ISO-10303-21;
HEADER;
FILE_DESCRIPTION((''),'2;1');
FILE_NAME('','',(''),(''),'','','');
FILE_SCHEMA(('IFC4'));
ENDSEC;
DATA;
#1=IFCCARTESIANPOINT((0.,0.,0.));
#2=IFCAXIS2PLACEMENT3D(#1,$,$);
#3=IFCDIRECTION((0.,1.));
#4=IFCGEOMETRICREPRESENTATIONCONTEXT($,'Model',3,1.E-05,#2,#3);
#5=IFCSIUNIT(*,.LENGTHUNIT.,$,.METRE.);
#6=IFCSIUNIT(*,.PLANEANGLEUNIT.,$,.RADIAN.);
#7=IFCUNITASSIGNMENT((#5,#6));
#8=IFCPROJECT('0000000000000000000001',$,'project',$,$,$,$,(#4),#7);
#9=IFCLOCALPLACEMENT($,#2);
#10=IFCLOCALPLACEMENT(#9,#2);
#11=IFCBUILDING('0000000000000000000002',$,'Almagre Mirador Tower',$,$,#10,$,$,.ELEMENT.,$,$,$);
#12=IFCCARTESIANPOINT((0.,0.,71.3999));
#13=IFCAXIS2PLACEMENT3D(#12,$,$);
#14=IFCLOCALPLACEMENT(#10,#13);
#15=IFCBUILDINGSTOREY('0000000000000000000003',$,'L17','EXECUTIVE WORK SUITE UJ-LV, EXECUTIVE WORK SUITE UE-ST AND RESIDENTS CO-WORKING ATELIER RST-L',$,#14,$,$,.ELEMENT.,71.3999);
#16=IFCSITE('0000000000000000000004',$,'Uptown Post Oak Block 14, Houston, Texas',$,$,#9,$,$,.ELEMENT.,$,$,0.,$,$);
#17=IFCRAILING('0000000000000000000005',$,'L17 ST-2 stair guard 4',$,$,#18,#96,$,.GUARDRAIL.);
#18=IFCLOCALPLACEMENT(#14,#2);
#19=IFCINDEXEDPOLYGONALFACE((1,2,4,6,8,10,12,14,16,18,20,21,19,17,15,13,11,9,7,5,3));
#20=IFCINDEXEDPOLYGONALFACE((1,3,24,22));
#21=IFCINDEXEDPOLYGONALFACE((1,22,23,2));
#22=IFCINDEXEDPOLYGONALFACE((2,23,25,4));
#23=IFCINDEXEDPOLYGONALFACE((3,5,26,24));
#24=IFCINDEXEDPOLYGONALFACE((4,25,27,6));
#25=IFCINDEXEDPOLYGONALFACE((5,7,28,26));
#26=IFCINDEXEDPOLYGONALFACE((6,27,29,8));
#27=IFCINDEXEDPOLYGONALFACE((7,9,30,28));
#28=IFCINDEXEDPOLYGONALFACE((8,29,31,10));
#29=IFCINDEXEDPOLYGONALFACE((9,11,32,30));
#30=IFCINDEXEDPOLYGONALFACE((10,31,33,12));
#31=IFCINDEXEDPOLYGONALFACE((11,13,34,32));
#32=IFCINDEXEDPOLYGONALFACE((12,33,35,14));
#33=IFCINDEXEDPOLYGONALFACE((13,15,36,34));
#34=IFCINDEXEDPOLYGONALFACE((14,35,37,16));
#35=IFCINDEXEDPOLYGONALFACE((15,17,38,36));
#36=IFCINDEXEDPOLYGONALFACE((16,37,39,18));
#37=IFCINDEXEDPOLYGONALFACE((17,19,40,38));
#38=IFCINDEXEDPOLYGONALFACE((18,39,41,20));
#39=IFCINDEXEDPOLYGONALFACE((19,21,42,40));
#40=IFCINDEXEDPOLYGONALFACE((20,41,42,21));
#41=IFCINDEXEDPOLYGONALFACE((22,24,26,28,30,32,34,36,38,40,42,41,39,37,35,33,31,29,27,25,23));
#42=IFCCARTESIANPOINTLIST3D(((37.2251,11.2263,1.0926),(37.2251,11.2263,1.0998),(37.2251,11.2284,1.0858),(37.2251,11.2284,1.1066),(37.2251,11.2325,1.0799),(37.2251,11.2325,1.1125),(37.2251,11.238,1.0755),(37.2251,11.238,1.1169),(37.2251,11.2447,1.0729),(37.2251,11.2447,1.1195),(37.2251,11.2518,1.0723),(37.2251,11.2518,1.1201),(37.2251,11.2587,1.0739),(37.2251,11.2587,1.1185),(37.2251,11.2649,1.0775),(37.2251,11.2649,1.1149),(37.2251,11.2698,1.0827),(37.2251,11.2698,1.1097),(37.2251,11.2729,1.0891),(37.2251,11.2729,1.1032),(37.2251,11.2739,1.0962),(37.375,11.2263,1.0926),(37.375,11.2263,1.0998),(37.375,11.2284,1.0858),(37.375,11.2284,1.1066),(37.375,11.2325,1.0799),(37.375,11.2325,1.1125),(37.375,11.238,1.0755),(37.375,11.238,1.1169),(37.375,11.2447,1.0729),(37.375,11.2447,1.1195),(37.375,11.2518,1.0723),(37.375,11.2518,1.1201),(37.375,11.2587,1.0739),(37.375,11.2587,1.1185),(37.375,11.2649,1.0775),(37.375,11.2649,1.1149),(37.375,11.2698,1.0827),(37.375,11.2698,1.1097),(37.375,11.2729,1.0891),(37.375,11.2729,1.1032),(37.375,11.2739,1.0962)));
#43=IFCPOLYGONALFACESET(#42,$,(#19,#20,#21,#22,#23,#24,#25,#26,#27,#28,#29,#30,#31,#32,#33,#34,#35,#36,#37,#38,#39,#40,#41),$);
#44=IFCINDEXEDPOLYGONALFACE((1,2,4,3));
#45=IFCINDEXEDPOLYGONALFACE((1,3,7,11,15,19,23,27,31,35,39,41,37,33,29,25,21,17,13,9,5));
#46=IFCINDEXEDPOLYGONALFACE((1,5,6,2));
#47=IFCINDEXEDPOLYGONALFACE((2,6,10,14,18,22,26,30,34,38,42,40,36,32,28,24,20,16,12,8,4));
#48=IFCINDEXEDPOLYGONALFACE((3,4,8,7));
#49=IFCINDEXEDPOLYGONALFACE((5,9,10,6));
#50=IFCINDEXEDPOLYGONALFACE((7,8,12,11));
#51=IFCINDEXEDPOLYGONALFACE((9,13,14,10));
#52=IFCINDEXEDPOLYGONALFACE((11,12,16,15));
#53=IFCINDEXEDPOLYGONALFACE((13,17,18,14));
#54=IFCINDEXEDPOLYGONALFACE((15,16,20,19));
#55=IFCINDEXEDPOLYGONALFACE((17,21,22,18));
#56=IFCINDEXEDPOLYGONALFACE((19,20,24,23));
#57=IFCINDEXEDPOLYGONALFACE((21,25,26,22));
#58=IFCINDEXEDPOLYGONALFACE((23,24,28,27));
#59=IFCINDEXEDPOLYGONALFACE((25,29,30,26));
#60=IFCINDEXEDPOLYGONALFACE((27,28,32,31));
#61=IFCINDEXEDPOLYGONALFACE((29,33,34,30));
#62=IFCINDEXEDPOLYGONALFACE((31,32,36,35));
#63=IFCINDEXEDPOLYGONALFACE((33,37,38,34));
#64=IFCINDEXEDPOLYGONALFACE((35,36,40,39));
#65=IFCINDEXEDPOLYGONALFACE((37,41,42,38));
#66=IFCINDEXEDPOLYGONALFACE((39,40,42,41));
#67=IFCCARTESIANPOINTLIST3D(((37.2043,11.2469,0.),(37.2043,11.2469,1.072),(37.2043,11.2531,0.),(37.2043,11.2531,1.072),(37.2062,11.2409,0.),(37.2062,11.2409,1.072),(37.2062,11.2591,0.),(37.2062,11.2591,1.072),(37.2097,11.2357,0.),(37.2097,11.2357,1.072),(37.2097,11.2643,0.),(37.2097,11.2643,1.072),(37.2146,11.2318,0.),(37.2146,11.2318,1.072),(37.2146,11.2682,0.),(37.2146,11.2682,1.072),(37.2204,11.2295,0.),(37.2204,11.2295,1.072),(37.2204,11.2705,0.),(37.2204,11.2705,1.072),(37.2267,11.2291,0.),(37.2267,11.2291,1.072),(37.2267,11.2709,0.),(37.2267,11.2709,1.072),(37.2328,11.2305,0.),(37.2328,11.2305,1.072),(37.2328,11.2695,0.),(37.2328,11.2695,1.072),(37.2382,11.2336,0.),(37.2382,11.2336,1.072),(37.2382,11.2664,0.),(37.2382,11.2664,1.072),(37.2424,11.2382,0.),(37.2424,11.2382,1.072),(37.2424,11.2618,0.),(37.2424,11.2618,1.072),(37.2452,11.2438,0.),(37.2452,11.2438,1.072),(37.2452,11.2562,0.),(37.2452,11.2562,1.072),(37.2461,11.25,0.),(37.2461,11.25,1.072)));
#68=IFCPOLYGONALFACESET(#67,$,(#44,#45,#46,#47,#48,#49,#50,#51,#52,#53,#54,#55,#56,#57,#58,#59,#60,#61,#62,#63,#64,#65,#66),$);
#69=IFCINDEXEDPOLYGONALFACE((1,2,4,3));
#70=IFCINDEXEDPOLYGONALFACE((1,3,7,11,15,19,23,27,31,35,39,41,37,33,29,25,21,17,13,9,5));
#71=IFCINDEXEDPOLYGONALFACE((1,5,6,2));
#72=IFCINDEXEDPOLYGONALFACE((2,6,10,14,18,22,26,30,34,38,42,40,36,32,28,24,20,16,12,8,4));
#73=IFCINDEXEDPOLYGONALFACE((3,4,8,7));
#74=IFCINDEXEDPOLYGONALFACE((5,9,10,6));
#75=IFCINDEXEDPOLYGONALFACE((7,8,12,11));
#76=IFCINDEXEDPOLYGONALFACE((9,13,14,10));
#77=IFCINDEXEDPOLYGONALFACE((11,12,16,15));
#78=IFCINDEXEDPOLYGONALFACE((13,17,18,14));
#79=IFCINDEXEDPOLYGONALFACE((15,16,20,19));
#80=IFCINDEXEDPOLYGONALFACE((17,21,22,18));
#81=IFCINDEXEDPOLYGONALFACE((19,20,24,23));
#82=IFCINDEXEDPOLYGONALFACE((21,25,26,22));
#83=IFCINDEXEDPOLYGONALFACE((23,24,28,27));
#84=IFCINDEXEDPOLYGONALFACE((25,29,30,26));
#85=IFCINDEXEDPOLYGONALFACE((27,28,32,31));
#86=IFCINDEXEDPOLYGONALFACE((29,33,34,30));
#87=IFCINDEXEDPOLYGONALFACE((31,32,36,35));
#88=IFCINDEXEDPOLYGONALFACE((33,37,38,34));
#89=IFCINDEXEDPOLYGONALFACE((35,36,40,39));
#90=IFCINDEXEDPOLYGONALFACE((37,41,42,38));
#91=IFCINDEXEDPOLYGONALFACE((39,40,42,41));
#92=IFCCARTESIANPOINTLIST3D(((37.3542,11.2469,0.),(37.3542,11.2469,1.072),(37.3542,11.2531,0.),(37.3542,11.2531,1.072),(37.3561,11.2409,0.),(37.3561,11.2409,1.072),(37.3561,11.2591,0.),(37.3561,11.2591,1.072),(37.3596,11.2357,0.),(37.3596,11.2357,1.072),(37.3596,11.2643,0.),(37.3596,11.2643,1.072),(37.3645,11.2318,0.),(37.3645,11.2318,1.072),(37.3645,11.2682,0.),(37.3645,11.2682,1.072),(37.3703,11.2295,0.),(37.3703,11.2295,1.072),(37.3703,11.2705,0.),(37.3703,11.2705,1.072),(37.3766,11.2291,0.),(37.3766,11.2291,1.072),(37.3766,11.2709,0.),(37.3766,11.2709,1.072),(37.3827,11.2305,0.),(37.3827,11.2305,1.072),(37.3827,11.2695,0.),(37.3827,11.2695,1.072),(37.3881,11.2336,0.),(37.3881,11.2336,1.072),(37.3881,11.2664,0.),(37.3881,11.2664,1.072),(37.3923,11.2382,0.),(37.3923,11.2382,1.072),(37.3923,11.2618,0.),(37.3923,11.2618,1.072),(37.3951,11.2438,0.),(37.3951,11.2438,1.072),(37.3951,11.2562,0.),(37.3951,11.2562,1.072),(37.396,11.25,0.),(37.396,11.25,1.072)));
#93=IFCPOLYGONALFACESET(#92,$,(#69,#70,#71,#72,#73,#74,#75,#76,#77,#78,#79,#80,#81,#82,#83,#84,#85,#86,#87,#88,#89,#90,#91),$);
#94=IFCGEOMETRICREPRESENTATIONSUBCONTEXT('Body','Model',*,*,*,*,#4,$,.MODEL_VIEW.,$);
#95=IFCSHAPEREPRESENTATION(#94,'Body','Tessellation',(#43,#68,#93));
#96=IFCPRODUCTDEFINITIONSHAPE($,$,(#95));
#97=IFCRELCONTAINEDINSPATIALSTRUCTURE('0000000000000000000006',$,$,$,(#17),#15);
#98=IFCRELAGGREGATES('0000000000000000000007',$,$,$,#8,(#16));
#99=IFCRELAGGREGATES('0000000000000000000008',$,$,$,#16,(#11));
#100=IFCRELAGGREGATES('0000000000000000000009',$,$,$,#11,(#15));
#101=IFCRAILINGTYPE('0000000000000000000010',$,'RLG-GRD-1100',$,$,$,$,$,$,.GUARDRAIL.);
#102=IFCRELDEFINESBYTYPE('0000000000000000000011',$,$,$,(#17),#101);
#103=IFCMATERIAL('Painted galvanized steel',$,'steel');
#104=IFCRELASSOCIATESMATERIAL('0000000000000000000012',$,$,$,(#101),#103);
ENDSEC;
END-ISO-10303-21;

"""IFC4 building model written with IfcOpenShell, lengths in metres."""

from ifc_helpers import new_model, si_unit, direction, frame, origin, origin_2d, place, context, subcontext, project, spatial, circle, extrude, material, type_object, element, save


model = new_model("IFC4")

# Units and contexts
model_context = context("Model", 3, precision=1e-05, world=origin(), true_north=direction((0.0, 1.0)))
body_context = subcontext(model_context, "Body", "Model", "MODEL_VIEW")
ifc_project = project(units=[si_unit("LENGTHUNIT", "METRE"), si_unit("PLANEANGLEUNIT", "RADIAN")], contexts=[model_context])

# Site, building, storey
site_placement = place(None, origin())
site = spatial("IfcSite", under=ifc_project, at=site_placement, Name="Uptown Post Oak Block 14, Houston, Texas", CompositionType="ELEMENT", RefElevation=0.0)
building_placement = place(site_placement, origin())
building = spatial("IfcBuilding", under=site, at=building_placement, Name="Almagre Mirador Tower", CompositionType="ELEMENT")
storey_placement = place(building_placement, frame((0.0, 0.0, 71.3999)))
storey = spatial("IfcBuildingStorey", under=building, at=storey_placement, Name="L17", Description="EXECUTIVE WORK SUITE UJ-LV, EXECUTIVE WORK SUITE UE-ST AND RESIDENTS CO-WORKING ATELIER RST-L", CompositionType="ELEMENT", Elevation=71.3999)

# Railing
ifc_material_1 = material(Name="Painted galvanized steel", Category="steel")
railing_type_1 = type_object("IfcRailingType", Name="RLG-GRD-1100", PredefinedType="GUARDRAIL", material=ifc_material_1)
railing_1_placement = place(storey_placement, frame((37.2251, 11.25, 0.0)))
element("IfcRailing", 1, at=railing_1_placement, inside=storey, type_object=railing_type_1, Name="L17 ST-2 stair guard 4", PredefinedType="GUARDRAIL", context=body_context, shape_type="SweptSolid", body=[
    extrude(circle(Radius=0.0239, at=origin_2d()), frame((0.0, 0.0, 1.0962), z_axis=(1.0, 0.0, 0.0), x_axis=(0.0, 1.0, 0.0)), (0.0, 0.0, 1.0), 0.1499),
    extrude(circle(Radius=0.021, at=origin_2d()), origin(), (0.0, 0.0, 1.0), 1.072),
    extrude(circle(Radius=0.021, at=origin_2d()), frame((0.1499, 0.0, 0.0)), (0.0, 0.0, 1.0), 1.072),
])

save(model, "model.ifc")
